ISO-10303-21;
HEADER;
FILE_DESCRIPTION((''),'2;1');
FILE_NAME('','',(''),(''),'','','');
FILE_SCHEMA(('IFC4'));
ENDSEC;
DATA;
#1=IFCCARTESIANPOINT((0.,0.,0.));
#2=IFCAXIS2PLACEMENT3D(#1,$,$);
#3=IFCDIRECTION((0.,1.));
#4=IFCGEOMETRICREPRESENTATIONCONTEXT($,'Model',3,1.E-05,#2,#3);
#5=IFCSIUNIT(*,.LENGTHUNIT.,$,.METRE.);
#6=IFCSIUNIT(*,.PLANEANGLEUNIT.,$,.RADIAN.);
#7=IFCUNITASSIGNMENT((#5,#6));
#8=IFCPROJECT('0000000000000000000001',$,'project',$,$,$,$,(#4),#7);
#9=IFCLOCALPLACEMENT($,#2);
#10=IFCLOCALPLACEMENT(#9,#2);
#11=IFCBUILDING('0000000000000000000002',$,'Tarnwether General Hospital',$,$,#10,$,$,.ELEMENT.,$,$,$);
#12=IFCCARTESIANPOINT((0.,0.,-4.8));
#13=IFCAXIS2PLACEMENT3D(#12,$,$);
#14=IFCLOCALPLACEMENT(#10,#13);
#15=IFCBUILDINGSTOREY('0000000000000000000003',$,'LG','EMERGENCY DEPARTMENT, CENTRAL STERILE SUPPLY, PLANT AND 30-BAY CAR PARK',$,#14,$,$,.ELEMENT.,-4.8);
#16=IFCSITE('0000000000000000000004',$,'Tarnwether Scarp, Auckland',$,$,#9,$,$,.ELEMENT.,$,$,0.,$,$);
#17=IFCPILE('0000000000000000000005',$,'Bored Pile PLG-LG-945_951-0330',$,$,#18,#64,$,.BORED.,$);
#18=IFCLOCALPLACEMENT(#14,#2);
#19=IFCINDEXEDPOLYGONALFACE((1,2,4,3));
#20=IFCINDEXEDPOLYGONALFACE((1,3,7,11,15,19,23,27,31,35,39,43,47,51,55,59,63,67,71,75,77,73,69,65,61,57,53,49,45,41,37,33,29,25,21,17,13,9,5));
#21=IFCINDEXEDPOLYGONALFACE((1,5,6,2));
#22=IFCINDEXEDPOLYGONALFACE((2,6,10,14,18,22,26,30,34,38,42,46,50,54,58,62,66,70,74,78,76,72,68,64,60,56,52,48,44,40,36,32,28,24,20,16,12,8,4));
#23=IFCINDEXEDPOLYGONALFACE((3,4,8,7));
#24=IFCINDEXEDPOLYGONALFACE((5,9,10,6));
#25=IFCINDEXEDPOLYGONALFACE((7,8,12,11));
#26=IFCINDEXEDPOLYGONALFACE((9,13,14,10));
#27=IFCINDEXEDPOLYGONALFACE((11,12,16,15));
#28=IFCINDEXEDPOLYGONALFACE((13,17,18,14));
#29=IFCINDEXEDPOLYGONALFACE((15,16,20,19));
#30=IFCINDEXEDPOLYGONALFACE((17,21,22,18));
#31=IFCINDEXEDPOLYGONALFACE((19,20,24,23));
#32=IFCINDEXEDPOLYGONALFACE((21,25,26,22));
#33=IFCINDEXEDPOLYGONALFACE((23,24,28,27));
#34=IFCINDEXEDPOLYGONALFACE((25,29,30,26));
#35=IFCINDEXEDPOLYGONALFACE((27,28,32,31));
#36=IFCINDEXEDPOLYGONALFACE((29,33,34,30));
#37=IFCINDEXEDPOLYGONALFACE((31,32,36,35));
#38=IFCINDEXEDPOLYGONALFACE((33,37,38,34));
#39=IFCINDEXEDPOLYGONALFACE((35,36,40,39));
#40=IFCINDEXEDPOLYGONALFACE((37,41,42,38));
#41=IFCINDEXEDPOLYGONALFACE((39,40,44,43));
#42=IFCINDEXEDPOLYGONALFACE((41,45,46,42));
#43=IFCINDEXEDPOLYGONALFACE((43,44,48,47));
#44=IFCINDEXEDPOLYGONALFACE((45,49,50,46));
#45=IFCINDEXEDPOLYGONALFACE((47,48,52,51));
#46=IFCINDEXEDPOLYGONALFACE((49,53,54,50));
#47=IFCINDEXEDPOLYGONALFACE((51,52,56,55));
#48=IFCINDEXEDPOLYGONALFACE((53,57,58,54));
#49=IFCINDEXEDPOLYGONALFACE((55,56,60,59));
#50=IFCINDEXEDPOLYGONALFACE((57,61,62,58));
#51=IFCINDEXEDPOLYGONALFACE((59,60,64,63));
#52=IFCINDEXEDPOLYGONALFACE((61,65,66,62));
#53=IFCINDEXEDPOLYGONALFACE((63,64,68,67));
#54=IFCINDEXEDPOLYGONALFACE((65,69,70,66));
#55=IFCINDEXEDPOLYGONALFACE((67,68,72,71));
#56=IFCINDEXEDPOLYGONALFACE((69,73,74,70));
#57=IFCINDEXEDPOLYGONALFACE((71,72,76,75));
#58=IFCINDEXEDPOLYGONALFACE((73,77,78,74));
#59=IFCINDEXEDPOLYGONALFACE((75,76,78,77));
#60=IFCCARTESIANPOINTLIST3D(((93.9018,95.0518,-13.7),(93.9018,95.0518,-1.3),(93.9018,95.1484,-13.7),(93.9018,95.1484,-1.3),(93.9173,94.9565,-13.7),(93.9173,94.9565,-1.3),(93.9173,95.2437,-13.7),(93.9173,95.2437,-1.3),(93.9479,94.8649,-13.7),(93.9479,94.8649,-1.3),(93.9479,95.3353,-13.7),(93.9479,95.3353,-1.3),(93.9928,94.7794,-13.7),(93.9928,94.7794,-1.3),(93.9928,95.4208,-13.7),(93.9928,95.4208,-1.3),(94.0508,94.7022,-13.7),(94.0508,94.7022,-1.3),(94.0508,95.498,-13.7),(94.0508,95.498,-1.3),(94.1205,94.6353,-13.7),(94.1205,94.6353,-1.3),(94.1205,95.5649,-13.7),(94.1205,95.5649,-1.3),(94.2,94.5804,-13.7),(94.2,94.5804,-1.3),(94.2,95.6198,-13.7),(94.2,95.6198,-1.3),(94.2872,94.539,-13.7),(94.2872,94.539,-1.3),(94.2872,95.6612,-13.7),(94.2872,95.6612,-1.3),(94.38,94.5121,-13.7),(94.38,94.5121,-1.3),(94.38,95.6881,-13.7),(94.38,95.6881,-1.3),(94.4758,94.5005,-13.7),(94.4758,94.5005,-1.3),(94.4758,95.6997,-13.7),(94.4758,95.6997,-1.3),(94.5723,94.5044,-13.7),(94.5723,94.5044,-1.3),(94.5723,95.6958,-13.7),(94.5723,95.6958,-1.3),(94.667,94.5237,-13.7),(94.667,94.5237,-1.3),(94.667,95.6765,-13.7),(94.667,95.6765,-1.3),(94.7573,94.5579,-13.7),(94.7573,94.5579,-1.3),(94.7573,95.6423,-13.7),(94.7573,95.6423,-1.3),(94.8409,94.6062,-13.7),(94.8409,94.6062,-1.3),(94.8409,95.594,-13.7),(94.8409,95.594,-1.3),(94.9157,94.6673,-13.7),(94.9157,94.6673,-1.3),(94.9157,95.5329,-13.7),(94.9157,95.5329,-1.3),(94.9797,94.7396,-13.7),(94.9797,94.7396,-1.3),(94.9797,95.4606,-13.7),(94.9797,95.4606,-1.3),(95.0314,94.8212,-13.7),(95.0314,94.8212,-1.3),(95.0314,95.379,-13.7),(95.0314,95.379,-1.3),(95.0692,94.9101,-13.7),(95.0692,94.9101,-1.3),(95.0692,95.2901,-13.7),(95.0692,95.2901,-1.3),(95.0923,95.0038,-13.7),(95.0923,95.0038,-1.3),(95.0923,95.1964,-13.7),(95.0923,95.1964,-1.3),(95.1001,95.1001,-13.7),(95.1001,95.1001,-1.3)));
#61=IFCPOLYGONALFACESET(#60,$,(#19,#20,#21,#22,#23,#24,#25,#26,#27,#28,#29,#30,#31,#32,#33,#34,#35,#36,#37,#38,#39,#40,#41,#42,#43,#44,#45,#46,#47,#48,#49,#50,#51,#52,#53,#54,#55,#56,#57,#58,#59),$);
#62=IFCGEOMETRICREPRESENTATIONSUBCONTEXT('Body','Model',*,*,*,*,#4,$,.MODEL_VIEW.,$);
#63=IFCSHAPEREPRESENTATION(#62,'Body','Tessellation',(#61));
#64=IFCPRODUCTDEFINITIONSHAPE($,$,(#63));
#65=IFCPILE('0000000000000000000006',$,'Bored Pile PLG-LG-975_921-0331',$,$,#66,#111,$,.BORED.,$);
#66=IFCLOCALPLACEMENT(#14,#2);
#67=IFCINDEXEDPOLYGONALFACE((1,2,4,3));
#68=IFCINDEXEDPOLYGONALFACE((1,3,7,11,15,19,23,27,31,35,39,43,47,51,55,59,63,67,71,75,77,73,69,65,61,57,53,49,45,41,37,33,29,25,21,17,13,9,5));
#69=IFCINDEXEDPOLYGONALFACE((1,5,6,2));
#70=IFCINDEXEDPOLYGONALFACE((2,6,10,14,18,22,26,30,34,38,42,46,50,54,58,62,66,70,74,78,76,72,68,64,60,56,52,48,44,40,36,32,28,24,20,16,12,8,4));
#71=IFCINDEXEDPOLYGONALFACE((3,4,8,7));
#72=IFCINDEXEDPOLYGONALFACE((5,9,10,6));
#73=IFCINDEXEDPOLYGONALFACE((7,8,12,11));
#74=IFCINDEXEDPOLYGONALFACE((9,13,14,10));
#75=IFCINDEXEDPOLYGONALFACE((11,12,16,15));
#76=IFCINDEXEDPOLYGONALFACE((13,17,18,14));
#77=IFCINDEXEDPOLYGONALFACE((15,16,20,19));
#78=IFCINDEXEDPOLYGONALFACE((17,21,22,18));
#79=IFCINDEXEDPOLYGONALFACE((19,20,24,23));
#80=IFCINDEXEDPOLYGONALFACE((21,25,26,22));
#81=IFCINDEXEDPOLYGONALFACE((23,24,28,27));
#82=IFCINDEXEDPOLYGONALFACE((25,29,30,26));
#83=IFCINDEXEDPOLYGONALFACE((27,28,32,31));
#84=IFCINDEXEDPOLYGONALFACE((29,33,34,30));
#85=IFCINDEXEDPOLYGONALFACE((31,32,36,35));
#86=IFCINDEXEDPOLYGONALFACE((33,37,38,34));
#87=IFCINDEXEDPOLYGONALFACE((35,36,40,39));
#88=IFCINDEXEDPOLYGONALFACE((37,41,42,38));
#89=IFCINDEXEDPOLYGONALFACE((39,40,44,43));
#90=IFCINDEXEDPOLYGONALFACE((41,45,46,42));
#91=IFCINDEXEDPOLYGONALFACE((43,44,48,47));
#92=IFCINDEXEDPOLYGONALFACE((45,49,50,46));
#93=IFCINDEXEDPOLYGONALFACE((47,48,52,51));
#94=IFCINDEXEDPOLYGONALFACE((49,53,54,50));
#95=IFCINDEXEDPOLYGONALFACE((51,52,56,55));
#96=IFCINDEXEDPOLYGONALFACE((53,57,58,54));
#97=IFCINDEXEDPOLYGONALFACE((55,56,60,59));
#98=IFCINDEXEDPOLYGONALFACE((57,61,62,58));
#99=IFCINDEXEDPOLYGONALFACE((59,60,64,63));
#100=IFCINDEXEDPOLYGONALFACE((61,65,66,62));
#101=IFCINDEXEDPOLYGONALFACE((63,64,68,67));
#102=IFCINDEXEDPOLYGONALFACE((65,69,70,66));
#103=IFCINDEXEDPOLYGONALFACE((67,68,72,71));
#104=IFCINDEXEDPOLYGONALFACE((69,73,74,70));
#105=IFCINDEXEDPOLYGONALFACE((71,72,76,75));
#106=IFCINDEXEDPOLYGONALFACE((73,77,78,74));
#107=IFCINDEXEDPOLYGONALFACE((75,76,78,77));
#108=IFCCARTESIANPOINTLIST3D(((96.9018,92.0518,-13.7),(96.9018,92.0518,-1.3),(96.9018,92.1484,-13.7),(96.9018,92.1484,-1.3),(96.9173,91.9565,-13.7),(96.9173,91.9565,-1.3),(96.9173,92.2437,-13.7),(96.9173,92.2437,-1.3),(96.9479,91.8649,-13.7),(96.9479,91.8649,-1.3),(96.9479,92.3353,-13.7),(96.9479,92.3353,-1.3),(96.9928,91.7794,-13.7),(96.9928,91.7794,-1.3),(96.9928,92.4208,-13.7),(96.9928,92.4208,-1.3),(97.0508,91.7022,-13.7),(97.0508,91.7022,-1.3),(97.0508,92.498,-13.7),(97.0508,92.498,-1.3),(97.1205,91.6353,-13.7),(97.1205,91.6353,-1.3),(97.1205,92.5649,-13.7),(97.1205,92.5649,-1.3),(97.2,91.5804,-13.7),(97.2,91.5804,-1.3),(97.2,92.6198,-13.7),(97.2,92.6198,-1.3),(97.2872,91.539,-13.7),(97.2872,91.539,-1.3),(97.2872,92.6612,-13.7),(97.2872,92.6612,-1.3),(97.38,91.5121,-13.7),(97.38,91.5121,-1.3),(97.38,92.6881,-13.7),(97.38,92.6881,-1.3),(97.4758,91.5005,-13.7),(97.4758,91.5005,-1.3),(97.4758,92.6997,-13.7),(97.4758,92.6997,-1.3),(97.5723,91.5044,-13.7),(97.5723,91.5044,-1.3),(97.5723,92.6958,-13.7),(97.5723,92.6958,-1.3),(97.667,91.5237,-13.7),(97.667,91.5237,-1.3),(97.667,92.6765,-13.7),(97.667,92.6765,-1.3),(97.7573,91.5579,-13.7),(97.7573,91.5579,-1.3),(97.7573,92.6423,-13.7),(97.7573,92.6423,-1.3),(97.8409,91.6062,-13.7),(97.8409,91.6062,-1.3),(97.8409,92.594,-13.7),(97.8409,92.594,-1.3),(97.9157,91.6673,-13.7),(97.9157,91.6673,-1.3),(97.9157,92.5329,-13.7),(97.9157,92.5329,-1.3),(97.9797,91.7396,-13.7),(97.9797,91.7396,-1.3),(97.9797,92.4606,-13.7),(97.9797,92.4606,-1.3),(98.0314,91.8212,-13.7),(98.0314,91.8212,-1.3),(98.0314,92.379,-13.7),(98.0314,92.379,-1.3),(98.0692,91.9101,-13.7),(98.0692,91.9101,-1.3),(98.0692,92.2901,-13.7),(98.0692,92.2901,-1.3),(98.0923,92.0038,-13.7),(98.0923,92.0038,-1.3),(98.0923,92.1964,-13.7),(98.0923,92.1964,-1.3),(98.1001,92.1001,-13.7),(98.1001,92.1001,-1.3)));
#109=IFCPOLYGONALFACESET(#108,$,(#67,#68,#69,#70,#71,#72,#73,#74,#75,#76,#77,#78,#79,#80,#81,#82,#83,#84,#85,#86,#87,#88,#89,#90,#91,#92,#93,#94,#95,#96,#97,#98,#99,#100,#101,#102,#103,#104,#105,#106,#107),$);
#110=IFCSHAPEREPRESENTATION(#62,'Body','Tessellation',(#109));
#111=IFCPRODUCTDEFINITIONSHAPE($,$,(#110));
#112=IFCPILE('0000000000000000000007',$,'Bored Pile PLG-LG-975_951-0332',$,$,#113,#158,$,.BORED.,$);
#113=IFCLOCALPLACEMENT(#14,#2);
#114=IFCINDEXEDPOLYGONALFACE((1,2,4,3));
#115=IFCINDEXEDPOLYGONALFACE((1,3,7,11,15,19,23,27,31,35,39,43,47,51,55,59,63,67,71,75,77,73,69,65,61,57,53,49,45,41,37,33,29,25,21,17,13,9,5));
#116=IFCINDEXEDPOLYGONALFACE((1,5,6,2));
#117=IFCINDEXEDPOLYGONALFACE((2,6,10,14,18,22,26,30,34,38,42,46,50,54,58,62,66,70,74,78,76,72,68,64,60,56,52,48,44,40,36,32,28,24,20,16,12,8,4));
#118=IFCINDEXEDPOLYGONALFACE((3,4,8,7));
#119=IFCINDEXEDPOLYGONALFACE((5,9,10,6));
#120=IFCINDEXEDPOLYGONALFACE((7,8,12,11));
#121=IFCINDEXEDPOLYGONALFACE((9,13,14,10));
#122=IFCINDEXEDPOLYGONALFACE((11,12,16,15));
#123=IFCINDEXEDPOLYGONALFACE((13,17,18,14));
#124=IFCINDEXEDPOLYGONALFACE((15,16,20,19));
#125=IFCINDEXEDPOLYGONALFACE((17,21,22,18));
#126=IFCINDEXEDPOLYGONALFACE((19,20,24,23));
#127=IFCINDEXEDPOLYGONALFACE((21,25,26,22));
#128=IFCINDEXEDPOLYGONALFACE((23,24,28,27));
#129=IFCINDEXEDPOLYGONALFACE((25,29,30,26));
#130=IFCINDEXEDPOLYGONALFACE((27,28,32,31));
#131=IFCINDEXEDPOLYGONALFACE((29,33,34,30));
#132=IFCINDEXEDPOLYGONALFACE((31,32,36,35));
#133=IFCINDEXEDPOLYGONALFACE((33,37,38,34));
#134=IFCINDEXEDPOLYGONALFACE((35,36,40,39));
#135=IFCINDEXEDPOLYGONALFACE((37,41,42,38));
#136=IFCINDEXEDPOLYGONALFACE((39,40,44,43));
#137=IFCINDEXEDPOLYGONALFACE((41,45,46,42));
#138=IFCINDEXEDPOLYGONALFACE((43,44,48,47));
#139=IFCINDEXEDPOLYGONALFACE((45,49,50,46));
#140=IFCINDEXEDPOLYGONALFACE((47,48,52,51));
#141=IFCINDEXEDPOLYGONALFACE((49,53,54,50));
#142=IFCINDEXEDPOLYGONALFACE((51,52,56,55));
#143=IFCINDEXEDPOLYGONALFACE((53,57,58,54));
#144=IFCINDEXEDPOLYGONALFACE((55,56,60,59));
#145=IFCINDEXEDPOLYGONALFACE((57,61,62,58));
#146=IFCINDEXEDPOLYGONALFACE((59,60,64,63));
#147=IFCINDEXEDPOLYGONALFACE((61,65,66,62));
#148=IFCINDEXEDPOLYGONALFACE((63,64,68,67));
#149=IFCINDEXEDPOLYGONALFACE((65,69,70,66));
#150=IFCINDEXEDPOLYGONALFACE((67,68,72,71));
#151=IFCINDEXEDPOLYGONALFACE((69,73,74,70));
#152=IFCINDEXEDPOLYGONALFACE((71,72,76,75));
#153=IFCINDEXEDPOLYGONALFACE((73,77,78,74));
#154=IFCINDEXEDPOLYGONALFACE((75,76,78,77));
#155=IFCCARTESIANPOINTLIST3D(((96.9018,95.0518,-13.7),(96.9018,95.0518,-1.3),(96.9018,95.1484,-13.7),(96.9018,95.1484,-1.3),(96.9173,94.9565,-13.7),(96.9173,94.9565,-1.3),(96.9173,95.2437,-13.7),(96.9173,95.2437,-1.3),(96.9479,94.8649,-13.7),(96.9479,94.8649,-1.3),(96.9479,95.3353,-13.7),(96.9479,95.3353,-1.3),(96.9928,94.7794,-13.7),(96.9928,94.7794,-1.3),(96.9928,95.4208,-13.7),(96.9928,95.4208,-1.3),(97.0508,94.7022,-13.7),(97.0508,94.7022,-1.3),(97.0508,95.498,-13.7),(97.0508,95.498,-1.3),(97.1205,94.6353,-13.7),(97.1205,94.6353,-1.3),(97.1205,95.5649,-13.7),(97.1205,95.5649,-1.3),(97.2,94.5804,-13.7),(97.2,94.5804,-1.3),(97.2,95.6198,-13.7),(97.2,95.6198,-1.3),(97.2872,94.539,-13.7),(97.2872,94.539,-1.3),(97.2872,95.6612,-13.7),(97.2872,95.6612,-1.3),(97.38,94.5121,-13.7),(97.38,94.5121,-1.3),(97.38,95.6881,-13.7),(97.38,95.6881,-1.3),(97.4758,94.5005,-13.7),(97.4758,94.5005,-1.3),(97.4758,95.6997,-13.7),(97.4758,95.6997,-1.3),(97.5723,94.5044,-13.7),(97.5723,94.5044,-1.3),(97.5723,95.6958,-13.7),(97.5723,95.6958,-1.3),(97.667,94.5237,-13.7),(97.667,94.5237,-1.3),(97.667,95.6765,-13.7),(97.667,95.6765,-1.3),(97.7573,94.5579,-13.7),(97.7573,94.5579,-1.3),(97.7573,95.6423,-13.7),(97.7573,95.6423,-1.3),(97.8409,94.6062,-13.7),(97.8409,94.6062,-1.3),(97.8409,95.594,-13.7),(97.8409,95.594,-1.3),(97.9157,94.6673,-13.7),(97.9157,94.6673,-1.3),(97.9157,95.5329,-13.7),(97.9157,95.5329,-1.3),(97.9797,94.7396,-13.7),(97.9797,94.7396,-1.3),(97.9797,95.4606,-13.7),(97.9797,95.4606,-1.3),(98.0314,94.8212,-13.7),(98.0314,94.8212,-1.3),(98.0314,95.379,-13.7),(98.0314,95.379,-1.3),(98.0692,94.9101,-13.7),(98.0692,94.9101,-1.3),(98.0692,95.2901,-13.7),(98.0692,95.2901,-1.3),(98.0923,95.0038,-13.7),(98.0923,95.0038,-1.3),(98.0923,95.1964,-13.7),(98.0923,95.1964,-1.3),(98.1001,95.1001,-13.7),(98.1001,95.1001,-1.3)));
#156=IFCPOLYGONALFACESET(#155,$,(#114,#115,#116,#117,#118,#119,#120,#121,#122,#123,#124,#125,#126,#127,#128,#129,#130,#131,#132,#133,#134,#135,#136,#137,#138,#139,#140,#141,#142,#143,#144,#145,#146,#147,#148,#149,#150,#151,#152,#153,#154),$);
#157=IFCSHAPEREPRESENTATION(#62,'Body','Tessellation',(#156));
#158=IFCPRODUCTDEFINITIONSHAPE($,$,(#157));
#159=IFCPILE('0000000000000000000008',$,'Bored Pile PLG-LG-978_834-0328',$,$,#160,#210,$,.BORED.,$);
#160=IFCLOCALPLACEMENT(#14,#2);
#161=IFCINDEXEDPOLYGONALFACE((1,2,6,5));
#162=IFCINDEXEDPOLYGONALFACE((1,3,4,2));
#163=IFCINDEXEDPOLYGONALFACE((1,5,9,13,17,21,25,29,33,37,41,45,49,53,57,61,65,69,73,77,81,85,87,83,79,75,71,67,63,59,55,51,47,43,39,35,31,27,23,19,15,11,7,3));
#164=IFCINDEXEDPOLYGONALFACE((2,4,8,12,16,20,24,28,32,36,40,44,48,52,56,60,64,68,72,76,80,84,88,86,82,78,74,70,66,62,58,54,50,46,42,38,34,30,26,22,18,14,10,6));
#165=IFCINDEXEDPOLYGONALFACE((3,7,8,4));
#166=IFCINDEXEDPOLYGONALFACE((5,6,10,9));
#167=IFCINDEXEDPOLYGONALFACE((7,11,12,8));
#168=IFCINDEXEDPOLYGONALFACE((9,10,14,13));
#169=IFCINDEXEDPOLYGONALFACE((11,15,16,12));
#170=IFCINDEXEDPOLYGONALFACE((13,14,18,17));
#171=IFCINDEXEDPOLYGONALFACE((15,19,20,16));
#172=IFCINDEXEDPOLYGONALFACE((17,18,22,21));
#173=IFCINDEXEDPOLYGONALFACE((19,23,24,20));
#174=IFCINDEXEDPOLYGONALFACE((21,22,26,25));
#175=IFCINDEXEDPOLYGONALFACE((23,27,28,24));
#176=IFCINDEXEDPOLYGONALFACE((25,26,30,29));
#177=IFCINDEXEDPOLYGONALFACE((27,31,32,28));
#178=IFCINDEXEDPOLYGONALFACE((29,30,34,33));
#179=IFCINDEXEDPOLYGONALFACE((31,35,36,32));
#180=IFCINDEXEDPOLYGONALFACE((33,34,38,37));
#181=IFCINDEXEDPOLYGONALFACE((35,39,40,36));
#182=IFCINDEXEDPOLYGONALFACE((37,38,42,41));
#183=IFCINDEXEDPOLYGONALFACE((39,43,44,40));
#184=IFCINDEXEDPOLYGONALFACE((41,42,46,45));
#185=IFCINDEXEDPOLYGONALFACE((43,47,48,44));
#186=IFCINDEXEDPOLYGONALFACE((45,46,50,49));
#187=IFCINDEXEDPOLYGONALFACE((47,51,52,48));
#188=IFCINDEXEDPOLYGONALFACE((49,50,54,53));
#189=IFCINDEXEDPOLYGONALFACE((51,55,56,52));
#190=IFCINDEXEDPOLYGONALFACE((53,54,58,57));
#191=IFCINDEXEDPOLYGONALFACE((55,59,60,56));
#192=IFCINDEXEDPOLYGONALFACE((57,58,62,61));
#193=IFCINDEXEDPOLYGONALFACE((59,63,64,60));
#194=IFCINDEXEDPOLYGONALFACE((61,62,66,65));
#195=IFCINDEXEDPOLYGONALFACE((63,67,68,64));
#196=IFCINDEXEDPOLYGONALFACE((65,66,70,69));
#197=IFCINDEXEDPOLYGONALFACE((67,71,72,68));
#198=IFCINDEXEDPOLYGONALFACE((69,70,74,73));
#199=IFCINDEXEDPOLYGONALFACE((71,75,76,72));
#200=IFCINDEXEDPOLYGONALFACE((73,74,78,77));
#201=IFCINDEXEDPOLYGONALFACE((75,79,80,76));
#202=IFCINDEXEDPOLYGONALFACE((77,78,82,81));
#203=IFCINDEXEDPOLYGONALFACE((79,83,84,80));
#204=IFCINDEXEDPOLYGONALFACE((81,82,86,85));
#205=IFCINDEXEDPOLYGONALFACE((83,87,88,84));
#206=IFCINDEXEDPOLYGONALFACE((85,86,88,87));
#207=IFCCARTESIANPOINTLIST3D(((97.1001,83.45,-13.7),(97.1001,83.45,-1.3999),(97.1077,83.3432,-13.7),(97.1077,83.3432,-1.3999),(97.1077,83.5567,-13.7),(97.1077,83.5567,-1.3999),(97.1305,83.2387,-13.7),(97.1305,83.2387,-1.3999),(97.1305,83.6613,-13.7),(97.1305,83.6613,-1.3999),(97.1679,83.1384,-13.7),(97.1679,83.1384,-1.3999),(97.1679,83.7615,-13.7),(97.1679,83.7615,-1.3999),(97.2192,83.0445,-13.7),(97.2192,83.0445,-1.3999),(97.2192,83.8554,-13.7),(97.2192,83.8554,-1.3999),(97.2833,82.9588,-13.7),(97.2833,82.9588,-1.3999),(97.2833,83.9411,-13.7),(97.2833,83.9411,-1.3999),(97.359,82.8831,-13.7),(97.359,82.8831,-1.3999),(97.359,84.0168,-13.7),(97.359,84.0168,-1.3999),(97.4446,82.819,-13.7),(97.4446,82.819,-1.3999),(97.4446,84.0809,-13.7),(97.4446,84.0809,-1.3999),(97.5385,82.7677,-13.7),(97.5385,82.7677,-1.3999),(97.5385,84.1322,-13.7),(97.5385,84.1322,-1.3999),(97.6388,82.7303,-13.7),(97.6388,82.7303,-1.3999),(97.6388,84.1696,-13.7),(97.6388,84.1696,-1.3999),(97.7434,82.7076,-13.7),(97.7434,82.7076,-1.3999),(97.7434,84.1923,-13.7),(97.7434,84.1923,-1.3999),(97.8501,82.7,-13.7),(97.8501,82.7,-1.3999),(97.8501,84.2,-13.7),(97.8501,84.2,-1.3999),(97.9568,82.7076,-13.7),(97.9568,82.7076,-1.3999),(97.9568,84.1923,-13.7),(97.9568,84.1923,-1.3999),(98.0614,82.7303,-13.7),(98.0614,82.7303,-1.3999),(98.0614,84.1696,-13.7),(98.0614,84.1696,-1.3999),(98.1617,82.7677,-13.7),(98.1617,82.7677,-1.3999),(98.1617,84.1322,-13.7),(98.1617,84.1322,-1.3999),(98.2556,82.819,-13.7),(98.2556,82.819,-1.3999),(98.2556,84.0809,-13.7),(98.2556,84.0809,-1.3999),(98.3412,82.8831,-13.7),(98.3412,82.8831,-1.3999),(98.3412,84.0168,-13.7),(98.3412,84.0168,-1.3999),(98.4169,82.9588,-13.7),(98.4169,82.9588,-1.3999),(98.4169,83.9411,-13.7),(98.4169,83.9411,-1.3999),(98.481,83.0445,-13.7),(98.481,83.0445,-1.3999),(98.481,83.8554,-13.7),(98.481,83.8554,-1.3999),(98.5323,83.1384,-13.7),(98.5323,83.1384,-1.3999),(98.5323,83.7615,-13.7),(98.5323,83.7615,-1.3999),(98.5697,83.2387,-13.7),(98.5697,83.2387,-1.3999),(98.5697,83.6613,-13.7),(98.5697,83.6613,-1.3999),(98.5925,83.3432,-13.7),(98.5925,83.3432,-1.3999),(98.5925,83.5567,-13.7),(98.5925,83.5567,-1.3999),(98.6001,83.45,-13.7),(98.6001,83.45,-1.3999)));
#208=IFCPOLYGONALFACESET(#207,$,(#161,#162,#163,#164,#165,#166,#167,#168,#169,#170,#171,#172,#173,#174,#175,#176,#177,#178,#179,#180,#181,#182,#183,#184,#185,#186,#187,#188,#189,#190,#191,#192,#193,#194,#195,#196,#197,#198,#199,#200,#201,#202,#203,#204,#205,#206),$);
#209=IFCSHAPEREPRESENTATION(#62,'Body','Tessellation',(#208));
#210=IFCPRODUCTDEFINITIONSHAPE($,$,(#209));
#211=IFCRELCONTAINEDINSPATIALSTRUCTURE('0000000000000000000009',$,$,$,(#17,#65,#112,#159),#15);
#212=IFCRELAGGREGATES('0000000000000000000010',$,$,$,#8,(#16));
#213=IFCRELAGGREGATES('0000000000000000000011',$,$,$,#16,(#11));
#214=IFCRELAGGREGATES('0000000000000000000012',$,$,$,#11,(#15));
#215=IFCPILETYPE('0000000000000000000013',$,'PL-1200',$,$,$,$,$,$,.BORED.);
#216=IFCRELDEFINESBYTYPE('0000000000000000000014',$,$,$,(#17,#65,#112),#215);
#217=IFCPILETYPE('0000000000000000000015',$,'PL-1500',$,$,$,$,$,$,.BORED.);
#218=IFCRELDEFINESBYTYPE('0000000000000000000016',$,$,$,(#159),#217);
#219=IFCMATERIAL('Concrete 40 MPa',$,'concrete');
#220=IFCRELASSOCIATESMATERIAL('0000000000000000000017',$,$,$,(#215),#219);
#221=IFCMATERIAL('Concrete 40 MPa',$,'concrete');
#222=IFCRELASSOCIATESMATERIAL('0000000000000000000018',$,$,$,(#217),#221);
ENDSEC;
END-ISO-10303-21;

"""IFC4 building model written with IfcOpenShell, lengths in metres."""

from ifc_helpers import new_model, si_unit, direction, frame, origin, origin_2d, place, context, subcontext, project, spatial, circle, extrude, material, material_profile, profile_set, type_object, element, save


model = new_model("IFC4")

# Units and contexts
model_context = context("Model", 3, precision=1e-05, world=origin(), true_north=direction((0.0, 1.0)))
body_context = subcontext(model_context, "Body", "Model", "MODEL_VIEW")
ifc_project = project(units=[si_unit("LENGTHUNIT", "METRE"), si_unit("PLANEANGLEUNIT", "RADIAN")], contexts=[model_context])

# Site, building, storey
site_placement = place(None, origin())
site = spatial("IfcSite", under=ifc_project, at=site_placement, Name="Tarnwether Scarp, Auckland", CompositionType="ELEMENT", RefElevation=0.0)
building_placement = place(site_placement, origin())
building = spatial("IfcBuilding", under=site, at=building_placement, Name="Tarnwether General Hospital", CompositionType="ELEMENT")
storey_placement = place(building_placement, frame((0.0, 0.0, -4.8)))
storey = spatial("IfcBuildingStorey", under=building, at=storey_placement, Name="LG", Description="EMERGENCY DEPARTMENT, CENTRAL STERILE SUPPLY, PLANT AND 30-BAY CAR PARK", CompositionType="ELEMENT", Elevation=-4.8)

# Piles
ifc_material_1 = material(Name="Concrete 40 MPa", Category="concrete")
ifc_material_profile_1 = material_profile(ifc_material_1, circle(Radius=0.6001, at=origin_2d()), Name="PILE-D1200")
ifc_profile_set_1 = profile_set([ifc_material_profile_1], Name="Concrete 40 MPa")
pile_type_1 = type_object("IfcPileType", Name="PL-1200", PredefinedType="BORED", material=ifc_profile_set_1)
for number, where, z_axis, x_axis, name in (
    (1, (94.5, 95.1001, -1.3), (0.0, 0.0, -1.0), (1.0, 0.0, 0.0), "Bored Pile PLG-LG-945_951-0330"),
    (2, (97.5, 92.1001, -1.3), (0.0, 0.0, -1.0), (1.0, 0.0, 0.0), "Bored Pile PLG-LG-975_921-0331"),
    (3, (97.5, 95.1001, -1.3), (0.0, 0.0, -1.0), (1.0, 0.0, 0.0), "Bored Pile PLG-LG-975_951-0332"),
):
    element("IfcPile", number, at=place(storey_placement, frame(where, z_axis=z_axis, x_axis=x_axis)), inside=storey, type_object=pile_type_1, Name=name, PredefinedType="BORED", context=body_context, shape_type="SweptSolid", body=[
        extrude(circle(Radius=0.6001, at=origin_2d()), origin(), (0.0, 0.0, 1.0), 12.3999),
    ])
ifc_material_2 = material(Name="Concrete 40 MPa", Category="concrete")
ifc_material_profile_2 = material_profile(ifc_material_2, circle(Radius=0.75, at=origin_2d()), Name="PILE-D1500")
ifc_profile_set_2 = profile_set([ifc_material_profile_2], Name="Concrete 40 MPa")
pile_type_2 = type_object("IfcPileType", Name="PL-1500", PredefinedType="BORED", material=ifc_profile_set_2)
pile_1_placement = place(storey_placement, frame((97.8501, 83.45, -1.3999), z_axis=(0.0, 0.0, -1.0), x_axis=(1.0, 0.0, 0.0)))
element("IfcPile", 4, at=pile_1_placement, inside=storey, type_object=pile_type_2, Name="Bored Pile PLG-LG-978_834-0328", PredefinedType="BORED", context=body_context, shape_type="SweptSolid", body=[
    extrude(circle(Radius=0.75, at=origin_2d()), origin(), (0.0, 0.0, 1.0), 12.3),
])

save(model, "model.ifc")
